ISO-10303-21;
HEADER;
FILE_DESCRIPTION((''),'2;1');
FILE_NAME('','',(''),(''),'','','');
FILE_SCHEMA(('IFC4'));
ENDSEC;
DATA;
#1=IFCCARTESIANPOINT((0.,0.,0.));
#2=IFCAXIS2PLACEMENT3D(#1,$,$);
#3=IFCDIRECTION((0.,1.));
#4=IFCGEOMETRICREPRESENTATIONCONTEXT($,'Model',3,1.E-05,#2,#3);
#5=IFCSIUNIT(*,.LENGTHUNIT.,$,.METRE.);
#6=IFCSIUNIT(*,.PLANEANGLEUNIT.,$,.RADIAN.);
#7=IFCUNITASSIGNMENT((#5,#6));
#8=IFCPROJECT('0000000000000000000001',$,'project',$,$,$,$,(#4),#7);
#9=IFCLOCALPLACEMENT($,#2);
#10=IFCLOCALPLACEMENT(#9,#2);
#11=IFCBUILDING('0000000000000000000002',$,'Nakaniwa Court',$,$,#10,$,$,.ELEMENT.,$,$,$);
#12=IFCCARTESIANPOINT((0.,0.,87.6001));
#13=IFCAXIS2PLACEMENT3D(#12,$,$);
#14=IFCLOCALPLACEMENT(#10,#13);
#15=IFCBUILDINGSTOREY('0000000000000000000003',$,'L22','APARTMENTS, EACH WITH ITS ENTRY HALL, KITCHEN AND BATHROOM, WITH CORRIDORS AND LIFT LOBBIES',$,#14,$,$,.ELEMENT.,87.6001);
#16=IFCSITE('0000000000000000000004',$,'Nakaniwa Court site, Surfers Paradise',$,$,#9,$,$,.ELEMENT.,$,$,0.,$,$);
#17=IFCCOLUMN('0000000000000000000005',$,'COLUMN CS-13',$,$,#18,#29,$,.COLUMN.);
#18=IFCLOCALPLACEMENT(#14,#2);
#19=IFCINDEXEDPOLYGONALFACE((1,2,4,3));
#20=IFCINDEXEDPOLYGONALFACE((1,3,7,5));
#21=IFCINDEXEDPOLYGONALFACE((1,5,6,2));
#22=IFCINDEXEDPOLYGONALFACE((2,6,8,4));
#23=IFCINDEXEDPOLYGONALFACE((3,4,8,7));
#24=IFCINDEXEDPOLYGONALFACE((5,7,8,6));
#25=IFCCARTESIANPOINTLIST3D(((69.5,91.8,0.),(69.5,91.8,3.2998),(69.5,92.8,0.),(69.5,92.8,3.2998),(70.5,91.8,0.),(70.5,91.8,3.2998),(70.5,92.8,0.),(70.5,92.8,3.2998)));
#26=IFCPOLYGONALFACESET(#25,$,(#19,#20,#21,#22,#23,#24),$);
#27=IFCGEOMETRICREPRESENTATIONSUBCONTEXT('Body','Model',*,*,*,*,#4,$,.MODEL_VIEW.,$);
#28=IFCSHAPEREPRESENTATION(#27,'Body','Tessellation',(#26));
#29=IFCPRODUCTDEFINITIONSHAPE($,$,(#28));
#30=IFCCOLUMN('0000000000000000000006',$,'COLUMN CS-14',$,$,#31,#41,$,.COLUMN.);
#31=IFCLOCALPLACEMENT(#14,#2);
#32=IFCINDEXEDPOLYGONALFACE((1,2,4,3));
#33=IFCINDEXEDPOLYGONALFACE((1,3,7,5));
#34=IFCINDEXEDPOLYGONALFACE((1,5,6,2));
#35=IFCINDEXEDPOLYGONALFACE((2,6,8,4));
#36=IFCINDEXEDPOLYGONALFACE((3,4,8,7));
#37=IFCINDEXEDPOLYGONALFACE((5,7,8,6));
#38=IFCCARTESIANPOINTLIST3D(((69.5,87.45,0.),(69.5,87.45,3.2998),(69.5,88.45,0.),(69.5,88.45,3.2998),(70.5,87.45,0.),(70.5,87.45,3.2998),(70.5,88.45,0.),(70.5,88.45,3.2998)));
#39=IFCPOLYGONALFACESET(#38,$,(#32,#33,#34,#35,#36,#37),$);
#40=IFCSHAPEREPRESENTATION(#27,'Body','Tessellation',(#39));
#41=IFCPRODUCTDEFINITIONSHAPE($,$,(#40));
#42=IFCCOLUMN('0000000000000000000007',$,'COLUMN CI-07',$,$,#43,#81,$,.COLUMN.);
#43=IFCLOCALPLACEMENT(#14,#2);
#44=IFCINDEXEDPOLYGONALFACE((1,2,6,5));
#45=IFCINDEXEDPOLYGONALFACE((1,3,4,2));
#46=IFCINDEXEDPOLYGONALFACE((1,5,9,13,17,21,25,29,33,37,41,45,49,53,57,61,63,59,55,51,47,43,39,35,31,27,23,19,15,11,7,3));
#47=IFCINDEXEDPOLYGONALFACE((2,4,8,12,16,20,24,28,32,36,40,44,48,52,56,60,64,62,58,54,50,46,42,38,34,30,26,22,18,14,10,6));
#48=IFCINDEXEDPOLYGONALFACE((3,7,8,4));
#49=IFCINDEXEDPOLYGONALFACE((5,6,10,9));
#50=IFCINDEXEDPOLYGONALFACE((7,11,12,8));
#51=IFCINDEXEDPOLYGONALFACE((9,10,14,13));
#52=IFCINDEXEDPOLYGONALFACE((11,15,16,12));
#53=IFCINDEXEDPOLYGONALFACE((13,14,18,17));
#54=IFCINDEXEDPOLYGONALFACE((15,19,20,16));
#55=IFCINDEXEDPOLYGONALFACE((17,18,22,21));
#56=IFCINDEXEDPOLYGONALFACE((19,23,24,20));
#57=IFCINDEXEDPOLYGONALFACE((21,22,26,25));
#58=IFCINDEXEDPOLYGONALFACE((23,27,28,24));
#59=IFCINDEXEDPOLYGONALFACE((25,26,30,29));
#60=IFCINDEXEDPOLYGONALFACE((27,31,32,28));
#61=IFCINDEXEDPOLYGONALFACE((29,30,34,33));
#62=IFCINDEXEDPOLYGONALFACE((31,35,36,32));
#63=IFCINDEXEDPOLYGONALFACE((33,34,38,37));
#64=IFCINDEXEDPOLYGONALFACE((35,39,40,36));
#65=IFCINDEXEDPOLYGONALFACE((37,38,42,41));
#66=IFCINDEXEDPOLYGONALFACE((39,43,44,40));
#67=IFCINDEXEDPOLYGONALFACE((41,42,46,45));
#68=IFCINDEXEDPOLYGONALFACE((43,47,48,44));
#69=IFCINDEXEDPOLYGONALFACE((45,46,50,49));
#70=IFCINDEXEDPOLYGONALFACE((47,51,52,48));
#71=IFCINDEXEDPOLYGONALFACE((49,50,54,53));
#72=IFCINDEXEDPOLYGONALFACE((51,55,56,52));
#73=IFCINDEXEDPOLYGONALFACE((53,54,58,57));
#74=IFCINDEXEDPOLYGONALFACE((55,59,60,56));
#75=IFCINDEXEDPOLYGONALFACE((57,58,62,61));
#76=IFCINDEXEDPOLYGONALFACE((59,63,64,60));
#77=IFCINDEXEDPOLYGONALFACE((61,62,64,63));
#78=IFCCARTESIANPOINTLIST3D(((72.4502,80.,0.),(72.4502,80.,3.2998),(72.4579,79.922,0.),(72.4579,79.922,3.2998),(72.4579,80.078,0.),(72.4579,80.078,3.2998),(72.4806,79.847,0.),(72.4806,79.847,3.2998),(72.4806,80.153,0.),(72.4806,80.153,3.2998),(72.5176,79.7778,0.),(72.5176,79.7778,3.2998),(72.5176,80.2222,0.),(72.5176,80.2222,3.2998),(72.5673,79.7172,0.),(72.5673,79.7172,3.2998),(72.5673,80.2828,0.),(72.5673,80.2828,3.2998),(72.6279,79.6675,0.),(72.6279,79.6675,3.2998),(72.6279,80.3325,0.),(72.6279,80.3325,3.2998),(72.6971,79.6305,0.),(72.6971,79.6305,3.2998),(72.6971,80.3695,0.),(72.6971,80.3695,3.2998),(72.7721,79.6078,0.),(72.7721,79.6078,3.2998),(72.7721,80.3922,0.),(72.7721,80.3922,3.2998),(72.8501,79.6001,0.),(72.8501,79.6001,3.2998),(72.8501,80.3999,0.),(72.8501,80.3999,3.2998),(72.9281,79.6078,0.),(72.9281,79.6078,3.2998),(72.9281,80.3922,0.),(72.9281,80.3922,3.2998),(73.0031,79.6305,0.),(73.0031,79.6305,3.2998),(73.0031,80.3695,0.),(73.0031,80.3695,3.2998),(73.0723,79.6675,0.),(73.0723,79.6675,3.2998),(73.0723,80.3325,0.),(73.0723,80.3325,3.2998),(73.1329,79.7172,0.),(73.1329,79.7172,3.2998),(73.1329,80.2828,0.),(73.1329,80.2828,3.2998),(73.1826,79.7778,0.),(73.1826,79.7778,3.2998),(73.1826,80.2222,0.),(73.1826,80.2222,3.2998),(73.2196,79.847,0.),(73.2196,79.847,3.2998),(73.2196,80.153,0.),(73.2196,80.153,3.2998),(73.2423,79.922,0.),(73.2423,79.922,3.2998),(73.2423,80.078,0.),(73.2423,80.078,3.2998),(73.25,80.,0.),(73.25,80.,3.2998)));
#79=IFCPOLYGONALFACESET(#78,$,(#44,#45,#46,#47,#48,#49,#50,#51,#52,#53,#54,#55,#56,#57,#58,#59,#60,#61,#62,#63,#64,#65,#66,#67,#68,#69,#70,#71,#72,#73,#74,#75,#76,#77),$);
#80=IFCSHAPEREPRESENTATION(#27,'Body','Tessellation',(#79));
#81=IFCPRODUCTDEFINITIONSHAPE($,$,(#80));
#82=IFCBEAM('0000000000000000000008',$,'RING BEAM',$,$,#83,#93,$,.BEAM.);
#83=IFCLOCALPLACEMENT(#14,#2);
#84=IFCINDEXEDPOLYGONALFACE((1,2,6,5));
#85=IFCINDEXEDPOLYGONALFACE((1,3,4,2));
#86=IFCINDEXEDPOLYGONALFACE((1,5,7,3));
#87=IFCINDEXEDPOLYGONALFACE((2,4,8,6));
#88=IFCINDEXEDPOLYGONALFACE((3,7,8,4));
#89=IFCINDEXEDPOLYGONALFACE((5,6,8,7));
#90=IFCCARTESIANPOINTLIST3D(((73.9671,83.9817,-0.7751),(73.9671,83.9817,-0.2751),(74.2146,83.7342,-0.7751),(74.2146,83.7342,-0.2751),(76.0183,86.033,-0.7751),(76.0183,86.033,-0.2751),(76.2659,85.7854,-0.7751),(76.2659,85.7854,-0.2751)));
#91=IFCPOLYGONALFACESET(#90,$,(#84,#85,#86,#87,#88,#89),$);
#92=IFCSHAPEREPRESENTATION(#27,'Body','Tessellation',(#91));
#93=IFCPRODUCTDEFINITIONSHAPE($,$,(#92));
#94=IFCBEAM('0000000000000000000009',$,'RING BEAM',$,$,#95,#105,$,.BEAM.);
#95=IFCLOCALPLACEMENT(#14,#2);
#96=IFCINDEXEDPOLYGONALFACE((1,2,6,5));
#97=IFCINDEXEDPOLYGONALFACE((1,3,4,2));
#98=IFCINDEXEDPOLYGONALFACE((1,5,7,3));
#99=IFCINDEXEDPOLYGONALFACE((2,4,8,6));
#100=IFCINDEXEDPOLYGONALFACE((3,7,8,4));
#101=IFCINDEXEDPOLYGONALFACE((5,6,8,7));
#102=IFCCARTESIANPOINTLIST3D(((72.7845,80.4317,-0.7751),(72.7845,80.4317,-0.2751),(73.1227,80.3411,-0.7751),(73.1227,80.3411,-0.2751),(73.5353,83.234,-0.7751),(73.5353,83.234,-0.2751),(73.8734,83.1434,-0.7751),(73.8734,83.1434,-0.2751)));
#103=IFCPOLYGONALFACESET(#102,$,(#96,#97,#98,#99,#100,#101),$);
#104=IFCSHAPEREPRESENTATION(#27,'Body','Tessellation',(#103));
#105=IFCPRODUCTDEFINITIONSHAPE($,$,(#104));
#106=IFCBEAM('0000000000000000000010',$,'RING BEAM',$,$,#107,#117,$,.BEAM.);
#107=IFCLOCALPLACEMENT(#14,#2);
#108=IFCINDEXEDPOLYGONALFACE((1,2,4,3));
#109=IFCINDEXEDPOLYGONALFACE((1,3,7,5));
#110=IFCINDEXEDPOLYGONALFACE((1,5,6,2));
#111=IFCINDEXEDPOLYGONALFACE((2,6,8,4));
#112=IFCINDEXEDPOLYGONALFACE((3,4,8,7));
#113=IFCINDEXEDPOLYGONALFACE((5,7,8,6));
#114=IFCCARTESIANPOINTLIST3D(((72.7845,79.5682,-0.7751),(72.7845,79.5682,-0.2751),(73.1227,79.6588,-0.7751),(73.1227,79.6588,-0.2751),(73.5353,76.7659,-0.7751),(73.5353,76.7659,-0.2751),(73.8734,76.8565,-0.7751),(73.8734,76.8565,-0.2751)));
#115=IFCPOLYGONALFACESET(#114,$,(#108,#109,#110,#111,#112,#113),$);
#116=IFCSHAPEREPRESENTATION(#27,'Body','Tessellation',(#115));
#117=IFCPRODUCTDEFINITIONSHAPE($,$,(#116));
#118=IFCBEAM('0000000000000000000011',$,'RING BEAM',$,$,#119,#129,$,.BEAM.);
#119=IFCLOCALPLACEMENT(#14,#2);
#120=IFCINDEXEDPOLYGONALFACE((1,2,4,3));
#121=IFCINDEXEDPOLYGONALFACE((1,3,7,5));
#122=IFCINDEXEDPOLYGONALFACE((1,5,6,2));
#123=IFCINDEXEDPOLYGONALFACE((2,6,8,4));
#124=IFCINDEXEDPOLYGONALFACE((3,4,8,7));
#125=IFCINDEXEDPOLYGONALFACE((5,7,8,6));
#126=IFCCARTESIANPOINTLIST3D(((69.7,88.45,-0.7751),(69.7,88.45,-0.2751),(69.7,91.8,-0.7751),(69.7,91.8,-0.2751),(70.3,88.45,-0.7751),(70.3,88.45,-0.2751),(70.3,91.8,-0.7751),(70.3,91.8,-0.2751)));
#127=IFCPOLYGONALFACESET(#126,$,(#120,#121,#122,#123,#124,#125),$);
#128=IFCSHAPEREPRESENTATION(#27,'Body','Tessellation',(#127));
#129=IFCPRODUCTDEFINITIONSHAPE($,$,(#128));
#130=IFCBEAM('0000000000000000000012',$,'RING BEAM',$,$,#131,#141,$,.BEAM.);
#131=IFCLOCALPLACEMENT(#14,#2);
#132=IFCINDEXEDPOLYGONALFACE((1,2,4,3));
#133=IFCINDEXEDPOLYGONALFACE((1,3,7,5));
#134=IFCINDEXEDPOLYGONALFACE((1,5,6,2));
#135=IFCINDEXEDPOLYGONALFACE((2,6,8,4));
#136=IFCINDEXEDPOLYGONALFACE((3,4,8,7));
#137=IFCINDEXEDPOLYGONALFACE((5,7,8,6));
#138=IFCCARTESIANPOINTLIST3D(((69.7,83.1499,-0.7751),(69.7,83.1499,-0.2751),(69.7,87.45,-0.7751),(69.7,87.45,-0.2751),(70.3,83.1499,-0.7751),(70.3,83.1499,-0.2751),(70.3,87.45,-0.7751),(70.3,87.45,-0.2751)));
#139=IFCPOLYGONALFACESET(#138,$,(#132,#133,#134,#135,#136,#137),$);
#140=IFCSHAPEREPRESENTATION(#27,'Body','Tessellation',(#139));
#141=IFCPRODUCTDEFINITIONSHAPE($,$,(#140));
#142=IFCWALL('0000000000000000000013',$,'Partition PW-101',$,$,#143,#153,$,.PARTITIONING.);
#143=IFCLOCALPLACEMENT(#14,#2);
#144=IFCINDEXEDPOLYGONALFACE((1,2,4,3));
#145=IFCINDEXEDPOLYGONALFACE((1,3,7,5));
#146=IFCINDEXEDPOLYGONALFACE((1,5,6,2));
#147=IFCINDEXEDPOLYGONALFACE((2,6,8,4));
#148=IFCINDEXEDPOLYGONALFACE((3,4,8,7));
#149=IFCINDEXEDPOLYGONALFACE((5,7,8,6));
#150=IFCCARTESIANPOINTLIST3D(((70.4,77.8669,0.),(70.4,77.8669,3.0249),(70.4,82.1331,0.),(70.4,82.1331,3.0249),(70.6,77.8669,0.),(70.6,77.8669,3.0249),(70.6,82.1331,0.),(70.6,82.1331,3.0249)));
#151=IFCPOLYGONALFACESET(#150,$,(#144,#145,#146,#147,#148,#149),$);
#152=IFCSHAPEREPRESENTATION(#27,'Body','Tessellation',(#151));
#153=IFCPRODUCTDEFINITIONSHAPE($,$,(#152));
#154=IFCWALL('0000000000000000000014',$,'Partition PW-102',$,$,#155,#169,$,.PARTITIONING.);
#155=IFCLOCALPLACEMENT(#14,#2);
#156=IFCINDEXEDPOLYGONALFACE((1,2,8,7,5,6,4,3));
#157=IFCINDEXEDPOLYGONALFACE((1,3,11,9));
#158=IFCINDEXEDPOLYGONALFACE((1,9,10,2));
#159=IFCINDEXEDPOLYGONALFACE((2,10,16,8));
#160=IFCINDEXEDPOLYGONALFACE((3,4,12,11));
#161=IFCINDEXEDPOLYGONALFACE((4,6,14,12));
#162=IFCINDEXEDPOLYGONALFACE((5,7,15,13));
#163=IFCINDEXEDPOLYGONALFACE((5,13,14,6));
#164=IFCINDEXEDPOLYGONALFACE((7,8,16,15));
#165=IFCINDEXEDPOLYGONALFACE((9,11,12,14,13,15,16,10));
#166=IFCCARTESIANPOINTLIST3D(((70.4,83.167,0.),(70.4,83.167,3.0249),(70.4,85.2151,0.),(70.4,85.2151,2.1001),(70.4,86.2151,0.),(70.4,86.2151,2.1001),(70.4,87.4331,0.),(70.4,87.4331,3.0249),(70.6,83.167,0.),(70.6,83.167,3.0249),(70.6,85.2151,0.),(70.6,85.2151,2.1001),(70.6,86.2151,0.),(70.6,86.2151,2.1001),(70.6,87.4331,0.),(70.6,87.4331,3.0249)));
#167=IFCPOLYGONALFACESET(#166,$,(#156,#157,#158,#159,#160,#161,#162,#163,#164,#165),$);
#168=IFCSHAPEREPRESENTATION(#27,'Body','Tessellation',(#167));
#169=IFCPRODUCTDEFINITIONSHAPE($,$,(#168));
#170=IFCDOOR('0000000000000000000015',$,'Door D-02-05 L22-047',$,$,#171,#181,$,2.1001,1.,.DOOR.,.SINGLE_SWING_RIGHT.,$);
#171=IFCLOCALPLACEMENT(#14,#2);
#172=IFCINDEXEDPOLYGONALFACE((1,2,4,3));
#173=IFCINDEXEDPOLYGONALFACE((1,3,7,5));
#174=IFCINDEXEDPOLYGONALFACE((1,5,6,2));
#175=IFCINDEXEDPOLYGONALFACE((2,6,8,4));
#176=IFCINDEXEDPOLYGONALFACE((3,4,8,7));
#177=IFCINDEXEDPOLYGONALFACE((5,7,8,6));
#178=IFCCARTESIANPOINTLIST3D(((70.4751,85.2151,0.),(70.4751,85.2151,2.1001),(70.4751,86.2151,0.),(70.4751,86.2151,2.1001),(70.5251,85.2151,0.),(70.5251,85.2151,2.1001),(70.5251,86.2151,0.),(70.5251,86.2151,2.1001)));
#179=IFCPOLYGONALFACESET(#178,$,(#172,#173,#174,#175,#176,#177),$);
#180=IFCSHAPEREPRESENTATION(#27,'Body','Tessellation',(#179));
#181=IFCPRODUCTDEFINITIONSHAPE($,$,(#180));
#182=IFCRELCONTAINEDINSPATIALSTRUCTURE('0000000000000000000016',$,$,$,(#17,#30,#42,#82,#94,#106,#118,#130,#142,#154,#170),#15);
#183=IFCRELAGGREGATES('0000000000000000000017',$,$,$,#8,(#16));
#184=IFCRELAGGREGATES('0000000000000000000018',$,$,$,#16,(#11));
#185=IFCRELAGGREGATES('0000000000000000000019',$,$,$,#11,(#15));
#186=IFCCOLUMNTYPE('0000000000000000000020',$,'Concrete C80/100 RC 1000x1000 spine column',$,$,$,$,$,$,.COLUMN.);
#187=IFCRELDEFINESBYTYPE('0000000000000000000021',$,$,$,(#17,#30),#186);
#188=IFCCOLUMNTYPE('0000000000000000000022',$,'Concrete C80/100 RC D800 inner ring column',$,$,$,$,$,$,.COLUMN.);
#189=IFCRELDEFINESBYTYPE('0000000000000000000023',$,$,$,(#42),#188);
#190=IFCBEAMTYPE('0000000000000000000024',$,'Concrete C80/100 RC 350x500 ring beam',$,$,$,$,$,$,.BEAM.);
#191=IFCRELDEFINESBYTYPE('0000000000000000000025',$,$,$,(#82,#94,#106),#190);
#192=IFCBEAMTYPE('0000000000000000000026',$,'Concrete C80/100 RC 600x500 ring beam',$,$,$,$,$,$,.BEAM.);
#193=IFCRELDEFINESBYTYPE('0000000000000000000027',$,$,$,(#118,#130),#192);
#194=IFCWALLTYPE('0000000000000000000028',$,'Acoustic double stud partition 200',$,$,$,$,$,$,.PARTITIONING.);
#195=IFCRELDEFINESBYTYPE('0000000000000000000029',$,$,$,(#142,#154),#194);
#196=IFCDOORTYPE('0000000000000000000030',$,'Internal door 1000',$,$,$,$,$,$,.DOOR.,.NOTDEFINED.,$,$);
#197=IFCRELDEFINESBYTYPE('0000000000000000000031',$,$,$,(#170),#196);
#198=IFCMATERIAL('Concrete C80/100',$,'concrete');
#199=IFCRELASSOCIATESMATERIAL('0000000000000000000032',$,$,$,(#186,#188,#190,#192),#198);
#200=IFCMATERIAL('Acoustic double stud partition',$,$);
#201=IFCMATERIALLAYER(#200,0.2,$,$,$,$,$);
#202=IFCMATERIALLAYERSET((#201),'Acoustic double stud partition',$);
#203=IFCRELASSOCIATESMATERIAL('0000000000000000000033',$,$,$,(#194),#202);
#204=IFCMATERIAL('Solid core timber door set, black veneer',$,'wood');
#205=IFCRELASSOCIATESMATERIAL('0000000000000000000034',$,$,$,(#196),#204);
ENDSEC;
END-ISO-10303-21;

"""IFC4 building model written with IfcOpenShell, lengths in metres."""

from ifc_helpers import new_model, si_unit, direction, frame, frame_2d, origin, origin_2d, place, context, subcontext, project, spatial, rectangle, circle, extrude, material, layer, layer_set, material_profile, profile_set, type_object, element, fill, save


model = new_model("IFC4")

# Units and contexts
model_context = context("Model", 3, precision=1e-05, world=origin(), true_north=direction((0.0, 1.0)))
body_context = subcontext(model_context, "Body", "Model", "MODEL_VIEW")
ifc_project = project(units=[si_unit("LENGTHUNIT", "METRE"), si_unit("PLANEANGLEUNIT", "RADIAN")], contexts=[model_context])

# Site, building, storey
site_placement = place(None, origin())
site = spatial("IfcSite", under=ifc_project, at=site_placement, Name="Nakaniwa Court site, Surfers Paradise", CompositionType="ELEMENT", RefElevation=0.0)
building_placement = place(site_placement, origin())
building = spatial("IfcBuilding", under=site, at=building_placement, Name="Nakaniwa Court", CompositionType="ELEMENT")
storey_placement = place(building_placement, frame((0.0, 0.0, 87.6001)))
storey = spatial("IfcBuildingStorey", under=building, at=storey_placement, Name="L22", Description="APARTMENTS, EACH WITH ITS ENTRY HALL, KITCHEN AND BATHROOM, WITH CORRIDORS AND LIFT LOBBIES", CompositionType="ELEMENT", Elevation=87.6001)

# Columns
ifc_material_1 = material(Name="Concrete C80/100", Category="concrete")
ifc_material_profile_1 = material_profile(ifc_material_1, rectangle(XDim=1.0, YDim=1.0, at=origin_2d()), Name="Concrete C80/100 RC 1000x1000 spine column")
ifc_profile_set_1 = profile_set([ifc_material_profile_1], Name="Concrete C80/100")
column_type_1 = type_object("IfcColumnType", Name="Concrete C80/100 RC 1000x1000 spine column", PredefinedType="COLUMN", material=ifc_profile_set_1)
for number, where, z_axis, x_axis, name in (
    (1, (70.0, 92.3, 0.0), (0.0, 0.0, 1.0), (0.0, -1.0, 0.0), "COLUMN CS-13"),
    (2, (70.0, 87.95, 0.0), (0.0, 0.0, 1.0), (0.0, -1.0, 0.0), "COLUMN CS-14"),
):
    element("IfcColumn", number, at=place(storey_placement, frame(where, z_axis=z_axis, x_axis=x_axis)), inside=storey, type_object=column_type_1, Name=name, PredefinedType="COLUMN", context=body_context, shape_type="SweptSolid", body=[
        extrude(rectangle(XDim=1.0, YDim=1.0, at=origin_2d()), origin(), (0.0, 0.0, 1.0), 3.2998),
    ])
ifc_material_profile_2 = material_profile(ifc_material_1, circle(Radius=0.3999, at=origin_2d()), Name="Concrete C80/100 RC D800 inner ring column")
ifc_profile_set_2 = profile_set([ifc_material_profile_2], Name="Concrete C80/100")
column_type_2 = type_object("IfcColumnType", Name="Concrete C80/100 RC D800 inner ring column", PredefinedType="COLUMN", material=ifc_profile_set_2)
for number, where, z_axis, x_axis, name in (
    (3, (72.8501, 80.0, 0.0), (0.0, 0.0, 1.0), (0.0, -1.0, 0.0), "COLUMN CI-07"),
):
    element("IfcColumn", number, at=place(storey_placement, frame(where, z_axis=z_axis, x_axis=x_axis)), inside=storey, type_object=column_type_2, Name=name, PredefinedType="COLUMN", context=body_context, shape_type="SweptSolid", body=[
        extrude(circle(Radius=0.3999, at=origin_2d()), origin(), (0.0, 0.0, 1.0), 3.2998),
    ])

# Beams
ifc_material_profile_3 = material_profile(ifc_material_1, rectangle(XDim=0.3501, YDim=0.5, at=origin_2d()), Name="Concrete C80/100 RC 350x500 ring beam")
ifc_profile_set_3 = profile_set([ifc_material_profile_3], Name="Concrete C80/100")
beam_type_1 = type_object("IfcBeamType", Name="Concrete C80/100 RC 350x500 ring beam", PredefinedType="BEAM", material=ifc_profile_set_3)
beam_1_placement = place(storey_placement, frame((76.1421, 85.9092, -0.5251), z_axis=(-0.707107, -0.707107, 0.0), x_axis=(0.707107, -0.707107, 0.0)))
element("IfcBeam", 4, at=beam_1_placement, inside=storey, type_object=beam_type_1, Name="RING BEAM", PredefinedType="BEAM", context=body_context, shape_type="SweptSolid", body=[
    extrude(rectangle(XDim=0.3501, YDim=0.5, at=origin_2d()), origin(), (0.0, 0.0, 1.0), 2.9009),
])
for number, where, z_axis, x_axis, name in (
    (5, (73.7043, 83.1887, -0.5251), (-0.258778, -0.965937, 0.0), (0.965937, -0.258778, 0.0), "RING BEAM"),
    (6, (72.9536, 79.6135, -0.5251), (0.258778, -0.965937, 0.0), (0.965937, 0.258778, 0.0), "RING BEAM"),
):
    element("IfcBeam", number, at=place(storey_placement, frame(where, z_axis=z_axis, x_axis=x_axis)), inside=storey, type_object=beam_type_1, Name=name, PredefinedType="BEAM", context=body_context, shape_type="SweptSolid", body=[
        extrude(rectangle(XDim=0.3501, YDim=0.5, at=origin_2d()), origin(), (0.0, 0.0, 1.0), 2.9011),
    ])
ifc_material_profile_4 = material_profile(ifc_material_1, rectangle(XDim=0.6001, YDim=0.5, at=origin_2d()), Name="Concrete C80/100 RC 600x500 ring beam")
ifc_profile_set_4 = profile_set([ifc_material_profile_4], Name="Concrete C80/100")
beam_type_2 = type_object("IfcBeamType", Name="Concrete C80/100 RC 600x500 ring beam", PredefinedType="BEAM", material=ifc_profile_set_4)
beam_2_placement = place(storey_placement, frame((70.0, 91.8, -0.5251), z_axis=(0.0, -1.0, 0.0), x_axis=(1.0, 0.0, 0.0)))
element("IfcBeam", 7, at=beam_2_placement, inside=storey, type_object=beam_type_2, Name="RING BEAM", PredefinedType="BEAM", context=body_context, shape_type="SweptSolid", body=[
    extrude(rectangle(XDim=0.6001, YDim=0.5, at=origin_2d()), origin(), (0.0, 0.0, 1.0), 3.3501),
])
beam_3_placement = place(storey_placement, frame((70.0, 87.45, -0.5251), z_axis=(0.0, -1.0, 0.0), x_axis=(1.0, 0.0, 0.0)))
element("IfcBeam", 8, at=beam_3_placement, inside=storey, type_object=beam_type_2, Name="RING BEAM", PredefinedType="BEAM", context=body_context, shape_type="SweptSolid", body=[
    extrude(rectangle(XDim=0.6001, YDim=0.5, at=origin_2d()), origin(), (0.0, 0.0, 1.0), 4.3),
])

# Wall
ifc_material_2 = material(Name="Acoustic double stud partition")
ifc_layer_1 = layer(ifc_material_2, 0.2)
ifc_layer_set_1 = layer_set([ifc_layer_1], Name="Acoustic double stud partition")
wall_type_1 = type_object("IfcWallType", Name="Acoustic double stud partition 200", PredefinedType="PARTITIONING", material=ifc_layer_set_1)
wall_1_placement = place(storey_placement, frame((70.5, 77.8669, 0.0), z_axis=(0.0, 0.0, 1.0), x_axis=(0.0, 1.0, 0.0)))
element("IfcWall", 9, at=wall_1_placement, inside=storey, type_object=wall_type_1, Name="Partition PW-101", PredefinedType="PARTITIONING", context=body_context, shape_type="SweptSolid", body=[
    extrude(rectangle(XDim=4.2661, YDim=0.2, at=frame_2d((2.1331, 0.0))), origin(), (0.0, 0.0, 1.0), 3.0249),
])

# Wall, opening, door
wall_2_placement = place(storey_placement, frame((70.5, 83.167, 0.0), z_axis=(0.0, 0.0, 1.0), x_axis=(0.0, 1.0, 0.0)))
wall_2 = element("IfcWall", 10, at=wall_2_placement, inside=storey, type_object=wall_type_1, Name="Partition PW-102", PredefinedType="PARTITIONING", context=body_context, shape_type="SweptSolid", body=[
    extrude(rectangle(XDim=4.2661, YDim=0.2, at=frame_2d((2.1331, 0.0))), origin(), (0.0, 0.0, 1.0), 3.0249),
])
opening_1_placement = place(wall_2_placement, frame((2.0481, 0.0, 0.0)))
opening_1 = element("IfcOpeningElement", 11, at=opening_1_placement, cuts=wall_2, PredefinedType="OPENING", context=body_context, shape_type="SweptSolid", body=[
    extrude(rectangle(XDim=1.0, YDim=2.1001, at=frame_2d((0.5, 1.05))), frame((0.0, 0.1099, 0.0), z_axis=(0.0, -1.0, 0.0), x_axis=(1.0, 0.0, 0.0)), (0.0, 0.0, 1.0), 0.22),
])
ifc_material_3 = material(Name="Solid core timber door set, black veneer", Category="wood")
door_type_1 = type_object("IfcDoorType", Name="Internal door 1000", OperationType="NOTDEFINED", PredefinedType="DOOR", material=ifc_material_3)
door_1_placement = place(opening_1_placement, origin())
door_1 = element("IfcDoor", 12, at=door_1_placement, inside=storey, type_object=door_type_1, Name="Door D-02-05 L22-047", OperationType="SINGLE_SWING_RIGHT", OverallHeight=2.1001, OverallWidth=1.0, PredefinedType="DOOR", context=body_context, shape_type="SweptSolid", body=[
    extrude(rectangle(XDim=1.0, YDim=2.1001, at=frame_2d((0.5, 1.05))), frame((0.0, 0.0249, 0.0), z_axis=(0.0, -1.0, 0.0), x_axis=(1.0, 0.0, 0.0)), (0.0, 0.0, 1.0), 0.05),
])
fill(opening_1, door_1)

save(model, "model.ifc")
